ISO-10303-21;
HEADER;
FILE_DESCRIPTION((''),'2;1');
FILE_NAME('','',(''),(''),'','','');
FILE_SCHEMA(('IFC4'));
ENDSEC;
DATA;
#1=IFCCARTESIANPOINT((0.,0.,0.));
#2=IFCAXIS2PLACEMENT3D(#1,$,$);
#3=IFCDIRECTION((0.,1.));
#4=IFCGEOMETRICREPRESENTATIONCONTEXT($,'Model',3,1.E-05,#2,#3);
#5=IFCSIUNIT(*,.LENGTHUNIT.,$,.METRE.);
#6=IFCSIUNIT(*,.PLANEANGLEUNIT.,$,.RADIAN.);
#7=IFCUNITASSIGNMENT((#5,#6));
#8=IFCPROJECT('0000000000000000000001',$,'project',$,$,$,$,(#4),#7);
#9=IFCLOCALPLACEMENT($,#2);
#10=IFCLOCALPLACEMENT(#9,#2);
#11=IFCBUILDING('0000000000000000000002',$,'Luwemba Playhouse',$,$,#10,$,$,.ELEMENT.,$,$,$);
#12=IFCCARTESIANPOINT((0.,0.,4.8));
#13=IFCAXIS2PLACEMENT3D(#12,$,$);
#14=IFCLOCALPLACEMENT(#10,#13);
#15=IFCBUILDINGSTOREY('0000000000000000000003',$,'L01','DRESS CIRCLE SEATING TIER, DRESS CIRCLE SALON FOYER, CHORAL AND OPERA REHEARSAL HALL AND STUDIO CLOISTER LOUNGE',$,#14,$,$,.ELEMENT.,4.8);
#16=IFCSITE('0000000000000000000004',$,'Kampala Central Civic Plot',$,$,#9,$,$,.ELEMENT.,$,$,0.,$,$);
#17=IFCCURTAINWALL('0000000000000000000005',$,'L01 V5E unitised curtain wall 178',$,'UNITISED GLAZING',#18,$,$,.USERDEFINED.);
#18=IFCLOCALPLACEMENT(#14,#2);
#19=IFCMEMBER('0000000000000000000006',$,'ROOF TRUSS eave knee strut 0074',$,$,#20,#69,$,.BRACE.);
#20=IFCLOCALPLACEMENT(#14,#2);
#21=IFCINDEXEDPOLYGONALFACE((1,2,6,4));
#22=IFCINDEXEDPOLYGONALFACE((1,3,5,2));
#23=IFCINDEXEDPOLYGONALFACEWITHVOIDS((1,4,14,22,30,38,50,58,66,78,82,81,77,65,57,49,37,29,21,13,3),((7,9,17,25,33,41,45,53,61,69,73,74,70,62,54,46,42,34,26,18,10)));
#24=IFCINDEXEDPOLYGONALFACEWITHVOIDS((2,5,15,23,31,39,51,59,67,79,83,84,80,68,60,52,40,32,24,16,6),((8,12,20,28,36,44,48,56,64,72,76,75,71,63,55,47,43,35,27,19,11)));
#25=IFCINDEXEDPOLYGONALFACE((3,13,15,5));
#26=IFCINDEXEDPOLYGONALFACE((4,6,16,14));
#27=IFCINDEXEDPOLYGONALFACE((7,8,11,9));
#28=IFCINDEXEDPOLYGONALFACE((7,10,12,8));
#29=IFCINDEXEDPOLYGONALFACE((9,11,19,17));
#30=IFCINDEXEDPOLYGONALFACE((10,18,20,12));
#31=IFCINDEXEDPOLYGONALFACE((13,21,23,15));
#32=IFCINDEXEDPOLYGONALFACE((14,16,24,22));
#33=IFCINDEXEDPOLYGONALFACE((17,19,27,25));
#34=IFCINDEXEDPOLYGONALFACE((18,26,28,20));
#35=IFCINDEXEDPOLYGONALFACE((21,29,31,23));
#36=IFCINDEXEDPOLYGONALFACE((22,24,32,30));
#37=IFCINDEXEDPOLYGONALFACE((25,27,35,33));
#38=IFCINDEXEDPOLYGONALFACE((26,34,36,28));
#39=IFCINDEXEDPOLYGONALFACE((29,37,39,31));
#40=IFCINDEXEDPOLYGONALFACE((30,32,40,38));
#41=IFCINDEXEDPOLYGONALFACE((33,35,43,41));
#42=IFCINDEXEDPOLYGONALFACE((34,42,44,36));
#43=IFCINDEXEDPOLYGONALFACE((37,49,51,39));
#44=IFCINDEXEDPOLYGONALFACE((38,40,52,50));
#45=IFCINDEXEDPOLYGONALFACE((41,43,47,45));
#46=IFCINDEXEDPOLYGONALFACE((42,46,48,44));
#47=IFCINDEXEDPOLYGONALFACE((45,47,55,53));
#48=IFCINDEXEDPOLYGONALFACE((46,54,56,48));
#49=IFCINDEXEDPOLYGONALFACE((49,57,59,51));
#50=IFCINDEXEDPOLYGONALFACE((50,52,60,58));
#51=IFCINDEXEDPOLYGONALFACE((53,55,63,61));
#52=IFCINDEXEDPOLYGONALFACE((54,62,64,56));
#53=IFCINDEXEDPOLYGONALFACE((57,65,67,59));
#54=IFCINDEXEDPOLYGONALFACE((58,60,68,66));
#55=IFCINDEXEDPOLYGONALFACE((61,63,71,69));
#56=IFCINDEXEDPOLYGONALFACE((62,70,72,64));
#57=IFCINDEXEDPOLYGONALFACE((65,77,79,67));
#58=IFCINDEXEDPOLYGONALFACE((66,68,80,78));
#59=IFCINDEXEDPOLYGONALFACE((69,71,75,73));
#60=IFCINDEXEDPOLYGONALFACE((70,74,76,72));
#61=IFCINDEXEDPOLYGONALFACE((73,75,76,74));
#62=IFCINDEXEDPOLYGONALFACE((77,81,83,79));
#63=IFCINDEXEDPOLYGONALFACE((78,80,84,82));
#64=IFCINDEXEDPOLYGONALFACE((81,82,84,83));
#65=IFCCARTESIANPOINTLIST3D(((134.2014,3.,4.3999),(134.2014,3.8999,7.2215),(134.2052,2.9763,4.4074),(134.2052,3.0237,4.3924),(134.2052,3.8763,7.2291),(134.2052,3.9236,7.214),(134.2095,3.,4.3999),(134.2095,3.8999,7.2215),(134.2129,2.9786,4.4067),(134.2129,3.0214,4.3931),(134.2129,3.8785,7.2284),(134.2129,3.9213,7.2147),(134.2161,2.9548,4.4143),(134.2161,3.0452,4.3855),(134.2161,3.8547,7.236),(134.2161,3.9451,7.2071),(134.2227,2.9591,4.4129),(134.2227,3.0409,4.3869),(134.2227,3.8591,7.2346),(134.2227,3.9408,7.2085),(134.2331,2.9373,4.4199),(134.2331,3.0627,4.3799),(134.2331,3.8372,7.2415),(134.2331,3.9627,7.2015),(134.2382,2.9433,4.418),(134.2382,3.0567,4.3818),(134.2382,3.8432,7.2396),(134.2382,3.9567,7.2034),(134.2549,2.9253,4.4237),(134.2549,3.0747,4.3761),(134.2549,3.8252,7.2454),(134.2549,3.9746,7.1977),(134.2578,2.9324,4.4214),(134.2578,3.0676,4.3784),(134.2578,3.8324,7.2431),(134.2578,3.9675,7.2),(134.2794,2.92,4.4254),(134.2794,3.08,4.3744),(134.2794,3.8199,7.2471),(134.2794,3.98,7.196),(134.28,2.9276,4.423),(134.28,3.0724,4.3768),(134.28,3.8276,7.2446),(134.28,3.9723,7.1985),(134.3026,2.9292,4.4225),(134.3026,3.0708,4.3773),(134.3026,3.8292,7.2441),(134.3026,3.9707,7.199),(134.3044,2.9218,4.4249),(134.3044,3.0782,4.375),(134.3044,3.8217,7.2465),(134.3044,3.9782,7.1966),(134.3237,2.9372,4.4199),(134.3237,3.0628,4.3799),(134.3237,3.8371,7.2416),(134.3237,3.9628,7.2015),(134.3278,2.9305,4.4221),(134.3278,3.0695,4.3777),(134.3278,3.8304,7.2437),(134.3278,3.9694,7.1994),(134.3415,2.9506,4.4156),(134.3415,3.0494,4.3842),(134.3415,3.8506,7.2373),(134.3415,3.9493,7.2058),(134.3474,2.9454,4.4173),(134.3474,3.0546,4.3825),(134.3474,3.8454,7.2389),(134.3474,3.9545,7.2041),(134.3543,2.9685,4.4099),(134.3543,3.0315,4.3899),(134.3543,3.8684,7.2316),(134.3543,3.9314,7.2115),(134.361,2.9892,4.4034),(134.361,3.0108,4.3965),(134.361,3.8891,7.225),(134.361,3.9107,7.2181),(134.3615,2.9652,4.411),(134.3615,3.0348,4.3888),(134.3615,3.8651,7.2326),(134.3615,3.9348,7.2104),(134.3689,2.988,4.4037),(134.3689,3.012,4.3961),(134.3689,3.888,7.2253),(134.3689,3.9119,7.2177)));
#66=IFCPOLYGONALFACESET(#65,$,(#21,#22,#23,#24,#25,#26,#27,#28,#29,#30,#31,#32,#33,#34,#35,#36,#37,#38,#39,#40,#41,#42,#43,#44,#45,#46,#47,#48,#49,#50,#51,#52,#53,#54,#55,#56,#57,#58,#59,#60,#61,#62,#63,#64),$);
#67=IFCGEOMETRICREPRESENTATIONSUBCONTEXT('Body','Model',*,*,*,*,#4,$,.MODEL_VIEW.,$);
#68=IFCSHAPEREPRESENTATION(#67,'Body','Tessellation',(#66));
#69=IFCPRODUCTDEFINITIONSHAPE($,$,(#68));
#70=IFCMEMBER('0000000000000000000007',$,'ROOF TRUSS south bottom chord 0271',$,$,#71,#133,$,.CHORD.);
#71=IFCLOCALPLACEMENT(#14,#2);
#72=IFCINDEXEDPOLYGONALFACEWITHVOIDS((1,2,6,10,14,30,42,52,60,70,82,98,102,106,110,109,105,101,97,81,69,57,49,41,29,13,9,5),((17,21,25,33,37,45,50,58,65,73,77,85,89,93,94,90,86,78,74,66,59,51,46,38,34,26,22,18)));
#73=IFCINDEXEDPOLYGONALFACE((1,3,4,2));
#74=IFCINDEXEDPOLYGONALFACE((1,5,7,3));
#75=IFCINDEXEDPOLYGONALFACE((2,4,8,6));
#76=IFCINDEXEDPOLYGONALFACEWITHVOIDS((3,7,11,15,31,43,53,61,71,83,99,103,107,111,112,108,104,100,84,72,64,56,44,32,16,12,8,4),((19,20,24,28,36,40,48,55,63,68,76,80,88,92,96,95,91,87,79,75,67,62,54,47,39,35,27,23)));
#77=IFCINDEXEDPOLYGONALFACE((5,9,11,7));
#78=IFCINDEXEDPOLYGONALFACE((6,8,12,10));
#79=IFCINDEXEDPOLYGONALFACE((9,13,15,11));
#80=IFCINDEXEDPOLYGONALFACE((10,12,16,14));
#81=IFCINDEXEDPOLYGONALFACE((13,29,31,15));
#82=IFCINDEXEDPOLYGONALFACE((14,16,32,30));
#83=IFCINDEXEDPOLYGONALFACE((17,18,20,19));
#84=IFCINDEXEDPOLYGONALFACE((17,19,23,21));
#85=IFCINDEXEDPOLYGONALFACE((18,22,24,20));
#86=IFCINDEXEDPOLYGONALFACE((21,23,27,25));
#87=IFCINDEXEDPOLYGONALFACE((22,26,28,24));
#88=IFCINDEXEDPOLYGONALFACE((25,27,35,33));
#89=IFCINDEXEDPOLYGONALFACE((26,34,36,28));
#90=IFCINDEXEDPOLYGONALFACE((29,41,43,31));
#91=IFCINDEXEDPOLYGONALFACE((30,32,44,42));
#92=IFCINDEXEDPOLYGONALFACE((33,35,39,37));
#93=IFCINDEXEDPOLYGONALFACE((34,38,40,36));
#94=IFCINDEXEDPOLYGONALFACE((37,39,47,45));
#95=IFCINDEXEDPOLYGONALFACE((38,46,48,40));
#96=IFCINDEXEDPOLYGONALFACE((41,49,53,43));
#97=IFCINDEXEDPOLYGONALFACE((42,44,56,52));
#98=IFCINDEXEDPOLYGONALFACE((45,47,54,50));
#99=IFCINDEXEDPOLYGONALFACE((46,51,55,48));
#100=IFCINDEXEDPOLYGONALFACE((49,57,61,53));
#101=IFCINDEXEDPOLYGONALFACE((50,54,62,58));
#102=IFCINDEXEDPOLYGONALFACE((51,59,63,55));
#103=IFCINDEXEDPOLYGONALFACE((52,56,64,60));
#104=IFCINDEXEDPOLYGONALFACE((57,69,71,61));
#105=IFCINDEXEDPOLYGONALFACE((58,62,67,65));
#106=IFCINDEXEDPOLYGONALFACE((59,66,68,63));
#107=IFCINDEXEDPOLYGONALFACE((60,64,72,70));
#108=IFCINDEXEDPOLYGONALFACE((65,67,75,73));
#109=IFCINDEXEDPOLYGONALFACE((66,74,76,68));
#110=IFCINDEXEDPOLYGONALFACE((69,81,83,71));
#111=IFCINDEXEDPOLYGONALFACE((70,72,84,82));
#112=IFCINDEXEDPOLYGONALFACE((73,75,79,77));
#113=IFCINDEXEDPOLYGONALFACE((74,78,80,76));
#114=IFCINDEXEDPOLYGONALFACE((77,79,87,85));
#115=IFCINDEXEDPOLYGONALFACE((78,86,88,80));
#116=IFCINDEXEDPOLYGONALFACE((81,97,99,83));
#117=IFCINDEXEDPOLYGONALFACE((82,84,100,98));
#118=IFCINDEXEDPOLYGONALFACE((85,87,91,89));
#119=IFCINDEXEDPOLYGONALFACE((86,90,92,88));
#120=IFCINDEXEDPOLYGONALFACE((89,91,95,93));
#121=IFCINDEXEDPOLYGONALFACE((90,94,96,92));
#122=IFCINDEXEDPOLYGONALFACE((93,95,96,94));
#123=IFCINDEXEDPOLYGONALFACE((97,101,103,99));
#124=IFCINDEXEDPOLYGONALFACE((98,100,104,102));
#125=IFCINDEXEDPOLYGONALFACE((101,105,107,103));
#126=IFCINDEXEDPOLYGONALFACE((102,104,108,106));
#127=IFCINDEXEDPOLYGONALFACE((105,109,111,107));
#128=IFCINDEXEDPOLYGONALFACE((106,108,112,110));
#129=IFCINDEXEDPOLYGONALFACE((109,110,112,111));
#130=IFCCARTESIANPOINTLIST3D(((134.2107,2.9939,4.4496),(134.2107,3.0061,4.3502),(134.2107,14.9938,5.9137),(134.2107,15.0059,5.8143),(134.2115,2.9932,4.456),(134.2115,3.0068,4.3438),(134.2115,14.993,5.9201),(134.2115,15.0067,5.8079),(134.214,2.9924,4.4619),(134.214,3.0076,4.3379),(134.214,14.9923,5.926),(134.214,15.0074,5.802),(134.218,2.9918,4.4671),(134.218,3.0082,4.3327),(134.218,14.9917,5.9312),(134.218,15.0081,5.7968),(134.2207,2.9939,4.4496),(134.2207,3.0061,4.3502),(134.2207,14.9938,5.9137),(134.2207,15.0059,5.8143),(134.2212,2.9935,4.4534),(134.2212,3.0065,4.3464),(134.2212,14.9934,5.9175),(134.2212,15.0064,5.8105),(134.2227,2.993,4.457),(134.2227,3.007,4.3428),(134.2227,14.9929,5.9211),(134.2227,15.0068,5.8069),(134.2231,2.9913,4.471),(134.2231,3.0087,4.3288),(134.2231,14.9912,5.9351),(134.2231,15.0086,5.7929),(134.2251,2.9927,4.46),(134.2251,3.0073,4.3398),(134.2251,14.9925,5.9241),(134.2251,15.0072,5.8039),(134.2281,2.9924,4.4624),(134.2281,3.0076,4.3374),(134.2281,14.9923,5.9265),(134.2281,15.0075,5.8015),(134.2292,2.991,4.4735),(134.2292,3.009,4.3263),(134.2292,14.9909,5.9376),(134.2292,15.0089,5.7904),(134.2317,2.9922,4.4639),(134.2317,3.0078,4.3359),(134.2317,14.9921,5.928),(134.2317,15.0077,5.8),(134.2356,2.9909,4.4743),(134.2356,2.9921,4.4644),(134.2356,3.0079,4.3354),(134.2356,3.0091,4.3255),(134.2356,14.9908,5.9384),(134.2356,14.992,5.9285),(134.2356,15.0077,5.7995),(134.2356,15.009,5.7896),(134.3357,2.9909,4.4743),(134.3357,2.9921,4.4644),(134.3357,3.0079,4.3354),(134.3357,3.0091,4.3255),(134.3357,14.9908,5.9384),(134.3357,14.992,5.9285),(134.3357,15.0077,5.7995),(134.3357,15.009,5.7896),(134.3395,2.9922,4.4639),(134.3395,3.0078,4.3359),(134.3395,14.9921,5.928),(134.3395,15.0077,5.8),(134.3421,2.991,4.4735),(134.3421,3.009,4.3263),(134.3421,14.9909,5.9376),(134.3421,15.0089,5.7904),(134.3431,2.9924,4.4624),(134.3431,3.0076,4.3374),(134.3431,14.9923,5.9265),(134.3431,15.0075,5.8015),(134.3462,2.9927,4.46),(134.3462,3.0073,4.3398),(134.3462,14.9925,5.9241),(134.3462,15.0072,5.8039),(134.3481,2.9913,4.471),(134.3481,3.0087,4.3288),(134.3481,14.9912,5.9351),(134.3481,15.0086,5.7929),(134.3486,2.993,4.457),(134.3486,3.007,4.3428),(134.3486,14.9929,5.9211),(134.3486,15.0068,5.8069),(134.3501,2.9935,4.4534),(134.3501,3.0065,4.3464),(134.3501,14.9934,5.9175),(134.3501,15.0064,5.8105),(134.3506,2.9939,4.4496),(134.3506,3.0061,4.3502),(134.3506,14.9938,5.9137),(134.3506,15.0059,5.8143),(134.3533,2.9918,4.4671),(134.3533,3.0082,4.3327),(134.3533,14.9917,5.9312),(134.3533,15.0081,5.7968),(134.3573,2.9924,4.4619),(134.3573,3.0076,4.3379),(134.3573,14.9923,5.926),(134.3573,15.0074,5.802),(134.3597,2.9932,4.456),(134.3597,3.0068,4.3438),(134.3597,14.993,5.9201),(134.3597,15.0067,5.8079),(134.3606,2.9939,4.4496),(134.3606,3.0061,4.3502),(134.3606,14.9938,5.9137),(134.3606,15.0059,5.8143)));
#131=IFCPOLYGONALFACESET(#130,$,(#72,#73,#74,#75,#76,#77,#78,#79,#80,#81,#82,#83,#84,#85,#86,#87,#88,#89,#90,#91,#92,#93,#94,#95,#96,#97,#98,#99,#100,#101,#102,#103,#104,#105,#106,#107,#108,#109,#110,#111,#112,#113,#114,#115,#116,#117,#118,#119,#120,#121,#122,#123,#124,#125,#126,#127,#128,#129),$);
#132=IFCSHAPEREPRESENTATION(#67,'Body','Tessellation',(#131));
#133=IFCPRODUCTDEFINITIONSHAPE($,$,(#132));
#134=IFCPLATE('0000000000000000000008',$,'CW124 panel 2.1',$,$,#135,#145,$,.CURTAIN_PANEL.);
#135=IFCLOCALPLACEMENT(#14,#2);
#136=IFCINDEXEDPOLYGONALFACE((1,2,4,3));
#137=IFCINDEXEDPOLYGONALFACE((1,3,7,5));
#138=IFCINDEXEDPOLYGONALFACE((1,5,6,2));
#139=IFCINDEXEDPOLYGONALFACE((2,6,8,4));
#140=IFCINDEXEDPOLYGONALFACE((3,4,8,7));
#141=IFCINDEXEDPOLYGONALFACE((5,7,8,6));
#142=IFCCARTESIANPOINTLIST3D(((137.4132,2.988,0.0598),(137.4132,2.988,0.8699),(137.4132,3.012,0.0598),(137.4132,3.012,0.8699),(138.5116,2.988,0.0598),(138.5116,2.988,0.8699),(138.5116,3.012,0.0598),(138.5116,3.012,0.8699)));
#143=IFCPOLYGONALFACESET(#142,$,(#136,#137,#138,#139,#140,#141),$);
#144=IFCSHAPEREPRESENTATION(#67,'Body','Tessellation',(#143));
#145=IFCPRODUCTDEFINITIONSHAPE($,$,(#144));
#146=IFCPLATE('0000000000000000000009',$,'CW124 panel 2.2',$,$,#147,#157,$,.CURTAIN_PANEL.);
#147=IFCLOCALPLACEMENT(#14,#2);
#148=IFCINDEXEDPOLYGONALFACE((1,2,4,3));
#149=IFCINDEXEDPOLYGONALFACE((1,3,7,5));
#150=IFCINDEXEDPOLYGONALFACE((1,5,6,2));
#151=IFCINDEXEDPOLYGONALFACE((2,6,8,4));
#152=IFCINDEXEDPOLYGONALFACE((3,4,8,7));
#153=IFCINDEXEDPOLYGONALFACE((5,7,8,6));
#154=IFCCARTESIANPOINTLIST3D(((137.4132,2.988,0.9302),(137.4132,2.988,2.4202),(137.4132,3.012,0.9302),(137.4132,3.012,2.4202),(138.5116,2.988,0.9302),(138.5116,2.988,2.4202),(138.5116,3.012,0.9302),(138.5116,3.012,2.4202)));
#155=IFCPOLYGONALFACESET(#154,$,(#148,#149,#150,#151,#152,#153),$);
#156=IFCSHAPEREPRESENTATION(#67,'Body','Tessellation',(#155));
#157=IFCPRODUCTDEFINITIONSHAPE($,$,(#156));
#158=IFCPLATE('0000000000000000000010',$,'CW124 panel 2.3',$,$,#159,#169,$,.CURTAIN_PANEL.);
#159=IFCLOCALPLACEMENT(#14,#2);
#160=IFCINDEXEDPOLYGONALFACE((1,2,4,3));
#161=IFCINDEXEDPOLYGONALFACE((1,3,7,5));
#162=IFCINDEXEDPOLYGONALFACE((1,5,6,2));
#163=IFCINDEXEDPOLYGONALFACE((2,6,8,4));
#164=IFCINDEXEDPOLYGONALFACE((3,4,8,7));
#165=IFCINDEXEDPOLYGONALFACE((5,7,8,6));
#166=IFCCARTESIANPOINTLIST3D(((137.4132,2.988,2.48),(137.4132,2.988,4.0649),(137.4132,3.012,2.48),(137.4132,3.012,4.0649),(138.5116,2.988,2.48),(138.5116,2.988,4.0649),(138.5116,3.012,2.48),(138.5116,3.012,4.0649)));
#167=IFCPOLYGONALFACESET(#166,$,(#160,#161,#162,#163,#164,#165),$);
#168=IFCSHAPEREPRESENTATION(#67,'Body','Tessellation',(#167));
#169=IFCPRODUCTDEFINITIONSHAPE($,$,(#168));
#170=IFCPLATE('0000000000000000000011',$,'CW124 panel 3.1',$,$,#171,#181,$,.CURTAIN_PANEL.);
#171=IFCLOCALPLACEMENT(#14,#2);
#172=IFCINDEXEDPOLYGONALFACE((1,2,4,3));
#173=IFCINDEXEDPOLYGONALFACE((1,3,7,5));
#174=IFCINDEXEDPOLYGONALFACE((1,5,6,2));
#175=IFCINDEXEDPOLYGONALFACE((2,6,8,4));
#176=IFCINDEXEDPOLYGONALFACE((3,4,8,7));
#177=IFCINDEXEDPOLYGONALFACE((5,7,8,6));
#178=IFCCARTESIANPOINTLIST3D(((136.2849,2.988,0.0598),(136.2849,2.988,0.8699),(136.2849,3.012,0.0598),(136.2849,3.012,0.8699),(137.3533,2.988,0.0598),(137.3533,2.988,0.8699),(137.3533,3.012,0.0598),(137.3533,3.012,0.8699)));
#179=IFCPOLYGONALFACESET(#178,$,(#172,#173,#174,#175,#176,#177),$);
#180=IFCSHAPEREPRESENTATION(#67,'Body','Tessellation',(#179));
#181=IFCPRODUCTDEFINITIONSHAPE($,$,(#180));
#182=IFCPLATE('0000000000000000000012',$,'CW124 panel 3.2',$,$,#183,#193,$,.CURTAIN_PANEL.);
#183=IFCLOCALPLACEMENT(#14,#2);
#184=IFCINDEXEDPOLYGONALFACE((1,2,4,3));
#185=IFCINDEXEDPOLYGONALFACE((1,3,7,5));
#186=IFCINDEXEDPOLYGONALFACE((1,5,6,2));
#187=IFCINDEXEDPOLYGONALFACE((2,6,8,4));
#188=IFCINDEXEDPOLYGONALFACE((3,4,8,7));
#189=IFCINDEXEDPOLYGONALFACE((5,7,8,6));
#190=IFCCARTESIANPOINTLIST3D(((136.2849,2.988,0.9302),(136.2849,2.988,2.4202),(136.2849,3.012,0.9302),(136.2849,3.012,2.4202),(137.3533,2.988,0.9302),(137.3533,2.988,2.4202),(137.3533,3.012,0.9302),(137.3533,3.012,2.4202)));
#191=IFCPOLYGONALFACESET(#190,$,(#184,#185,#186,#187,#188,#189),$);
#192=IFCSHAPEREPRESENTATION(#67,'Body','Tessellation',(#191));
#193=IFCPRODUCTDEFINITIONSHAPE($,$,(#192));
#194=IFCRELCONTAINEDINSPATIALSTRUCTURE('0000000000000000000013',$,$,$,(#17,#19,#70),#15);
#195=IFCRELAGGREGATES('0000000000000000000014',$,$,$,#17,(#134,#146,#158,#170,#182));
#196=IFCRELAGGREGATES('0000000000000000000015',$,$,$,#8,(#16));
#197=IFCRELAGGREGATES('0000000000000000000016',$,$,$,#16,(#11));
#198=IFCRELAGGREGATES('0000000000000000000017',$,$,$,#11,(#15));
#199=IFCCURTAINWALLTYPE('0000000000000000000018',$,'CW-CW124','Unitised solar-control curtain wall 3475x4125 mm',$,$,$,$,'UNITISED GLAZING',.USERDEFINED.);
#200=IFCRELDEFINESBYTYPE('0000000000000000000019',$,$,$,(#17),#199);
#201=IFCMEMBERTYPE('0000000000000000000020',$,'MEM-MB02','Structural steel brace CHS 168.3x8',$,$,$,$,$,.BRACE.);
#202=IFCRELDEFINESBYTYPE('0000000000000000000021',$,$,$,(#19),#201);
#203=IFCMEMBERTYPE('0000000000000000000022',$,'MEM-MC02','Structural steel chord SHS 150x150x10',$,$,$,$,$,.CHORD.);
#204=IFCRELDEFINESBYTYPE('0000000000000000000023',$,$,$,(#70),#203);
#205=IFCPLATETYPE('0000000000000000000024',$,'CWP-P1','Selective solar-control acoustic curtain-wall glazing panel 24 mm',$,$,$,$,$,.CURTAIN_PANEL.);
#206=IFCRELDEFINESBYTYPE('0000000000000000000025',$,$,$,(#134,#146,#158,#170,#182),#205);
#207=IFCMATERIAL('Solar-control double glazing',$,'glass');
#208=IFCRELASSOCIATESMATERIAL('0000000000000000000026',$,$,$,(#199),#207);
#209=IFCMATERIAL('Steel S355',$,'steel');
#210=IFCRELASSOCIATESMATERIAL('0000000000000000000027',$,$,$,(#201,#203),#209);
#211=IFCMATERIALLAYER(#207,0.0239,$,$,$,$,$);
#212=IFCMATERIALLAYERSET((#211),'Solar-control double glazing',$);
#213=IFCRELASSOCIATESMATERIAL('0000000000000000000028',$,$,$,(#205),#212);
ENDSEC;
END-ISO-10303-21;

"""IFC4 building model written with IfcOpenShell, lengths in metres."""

from ifc_helpers import new_model, si_unit, direction, frame, origin, origin_2d, place, context, subcontext, project, spatial, rectangle, hollow_rectangle, hollow_circle, extrude, material, layer, layer_set, material_profile, profile_set, type_object, element, aggregate, save


model = new_model("IFC4")

# Units and contexts
model_context = context("Model", 3, precision=1e-05, world=origin(), true_north=direction((0.0, 1.0)))
body_context = subcontext(model_context, "Body", "Model", "MODEL_VIEW")
ifc_project = project(units=[si_unit("LENGTHUNIT", "METRE"), si_unit("PLANEANGLEUNIT", "RADIAN")], contexts=[model_context])

# Site, building, storey
site_placement = place(None, origin())
site = spatial("IfcSite", under=ifc_project, at=site_placement, Name="Kampala Central Civic Plot", CompositionType="ELEMENT", RefElevation=0.0)
building_placement = place(site_placement, origin())
building = spatial("IfcBuilding", under=site, at=building_placement, Name="Luwemba Playhouse", CompositionType="ELEMENT")
storey_placement = place(building_placement, frame((0.0, 0.0, 4.8)))
storey = spatial("IfcBuildingStorey", under=building, at=storey_placement, Name="L01", Description="DRESS CIRCLE SEATING TIER, DRESS CIRCLE SALON FOYER, CHORAL AND OPERA REHEARSAL HALL AND STUDIO CLOISTER LOUNGE", CompositionType="ELEMENT", Elevation=4.8)

# Shared definitions
ifc_material_1 = material(Name="Steel S355", Category="steel")

# Curtain wall
ifc_material_2 = material(Name="Solar-control double glazing", Category="glass")
curtain_wall_type = type_object("IfcCurtainWallType", Name="CW-CW124", Description="Unitised solar-control curtain wall 3475x4125 mm", ElementType="UNITISED GLAZING", PredefinedType="USERDEFINED", material=ifc_material_2)
curtain_wall_placement = place(storey_placement, origin())
curtain_wall = element("IfcCurtainWall", 1, at=curtain_wall_placement, inside=storey, type_object=curtain_wall_type, Name="L01 V5E unitised curtain wall 178", ObjectType="UNITISED GLAZING", PredefinedType="USERDEFINED")

# Members
ifc_material_profile_1 = material_profile(ifc_material_1, hollow_circle(Radius=0.0842, WallThickness=0.0081, at=origin_2d()))
ifc_profile_set_1 = profile_set([ifc_material_profile_1], Name="Steel S355")
member_type_1 = type_object("IfcMemberType", Name="MEM-MB02", Description="Structural steel brace CHS 168.3x8", PredefinedType="BRACE", material=ifc_profile_set_1)
member_1_placement = place(storey_placement, frame((134.2856, 3.0, 4.3999), z_axis=(0.0, 0.30386, 0.952717), x_axis=(-1.0, 0.0, 0.0)))
element("IfcMember", 2, at=member_1_placement, inside=storey, type_object=member_type_1, Name="ROOF TRUSS eave knee strut 0074", PredefinedType="BRACE", context=body_context, shape_type="SweptSolid", body=[
    extrude(hollow_circle(Radius=0.0842, WallThickness=0.0081, at=origin_2d()), origin(), (0.0, 0.0, 1.0), 2.9617),
])
ifc_material_profile_2 = material_profile(ifc_material_1, hollow_rectangle(XDim=0.1499, YDim=0.1499, WallThickness=0.01, InnerFilletRadius=0.0149, OuterFilletRadius=0.0249, at=origin_2d()))
ifc_profile_set_2 = profile_set([ifc_material_profile_2], Name="Steel S355")
member_type_2 = type_object("IfcMemberType", Name="MEM-MC02", Description="Structural steel chord SHS 150x150x10", PredefinedType="CHORD", material=ifc_profile_set_2)
member_2_placement = place(storey_placement, frame((134.2856, 3.0, 4.3999), z_axis=(0.0, 0.992639, 0.121111), x_axis=(-1.0, 0.0, 0.0)))
element("IfcMember", 3, at=member_2_placement, inside=storey, type_object=member_type_2, Name="ROOF TRUSS south bottom chord 0271", PredefinedType="CHORD", context=body_context, shape_type="SweptSolid", body=[
    extrude(hollow_rectangle(XDim=0.1499, YDim=0.1499, WallThickness=0.01, InnerFilletRadius=0.0149, OuterFilletRadius=0.0249, at=origin_2d()), origin(), (0.0, 0.0, 1.0), 12.0889),
])

# Plates
ifc_layer_1 = layer(ifc_material_2, 0.0239)
ifc_layer_set_1 = layer_set([ifc_layer_1], Name="Solar-control double glazing")
plate_type_1 = type_object("IfcPlateType", Name="CWP-P1", Description="Selective solar-control acoustic curtain-wall glazing panel 24 mm", PredefinedType="CURTAIN_PANEL", material=ifc_layer_set_1)
plate_1_placement = place(storey_placement, frame((137.9624, 3.0, 0.0598), z_axis=(0.0, 0.0, 1.0), x_axis=(-1.0, 0.0, 0.0)))
plate_1 = element("IfcPlate", 4, at=plate_1_placement, type_object=plate_type_1, Name="CW124 panel 2.1", PredefinedType="CURTAIN_PANEL", context=body_context, shape_type="SweptSolid", body=[
    extrude(rectangle(XDim=1.0984, YDim=0.0239, at=origin_2d()), origin(), (0.0, 0.0, 1.0), 0.8101),
])
plate_2_placement = place(storey_placement, frame((137.9624, 3.0, 0.9302), z_axis=(0.0, 0.0, 1.0), x_axis=(-1.0, 0.0, 0.0)))
plate_2 = element("IfcPlate", 5, at=plate_2_placement, type_object=plate_type_1, Name="CW124 panel 2.2", PredefinedType="CURTAIN_PANEL", context=body_context, shape_type="SweptSolid", body=[
    extrude(rectangle(XDim=1.0984, YDim=0.0239, at=origin_2d()), origin(), (0.0, 0.0, 1.0), 1.49),
])
plate_3_placement = place(storey_placement, frame((137.9624, 3.0, 2.48), z_axis=(0.0, 0.0, 1.0), x_axis=(-1.0, 0.0, 0.0)))
plate_3 = element("IfcPlate", 6, at=plate_3_placement, type_object=plate_type_1, Name="CW124 panel 2.3", PredefinedType="CURTAIN_PANEL", context=body_context, shape_type="SweptSolid", body=[
    extrude(rectangle(XDim=1.0984, YDim=0.0239, at=origin_2d()), origin(), (0.0, 0.0, 1.0), 1.585),
])
plate_4_placement = place(storey_placement, frame((136.8191, 3.0, 0.0598), z_axis=(0.0, 0.0, 1.0), x_axis=(-1.0, 0.0, 0.0)))
plate_4 = element("IfcPlate", 7, at=plate_4_placement, type_object=plate_type_1, Name="CW124 panel 3.1", PredefinedType="CURTAIN_PANEL", context=body_context, shape_type="SweptSolid", body=[
    extrude(rectangle(XDim=1.0684, YDim=0.0239, at=origin_2d()), origin(), (0.0, 0.0, 1.0), 0.8101),
])
plate_5_placement = place(storey_placement, frame((136.8191, 3.0, 0.9302), z_axis=(0.0, 0.0, 1.0), x_axis=(-1.0, 0.0, 0.0)))
plate_5 = element("IfcPlate", 8, at=plate_5_placement, type_object=plate_type_1, Name="CW124 panel 3.2", PredefinedType="CURTAIN_PANEL", context=body_context, shape_type="SweptSolid", body=[
    extrude(rectangle(XDim=1.0684, YDim=0.0239, at=origin_2d()), origin(), (0.0, 0.0, 1.0), 1.49),
])
aggregate(curtain_wall, [plate_1, plate_2, plate_3, plate_4, plate_5])

save(model, "model.ifc")
